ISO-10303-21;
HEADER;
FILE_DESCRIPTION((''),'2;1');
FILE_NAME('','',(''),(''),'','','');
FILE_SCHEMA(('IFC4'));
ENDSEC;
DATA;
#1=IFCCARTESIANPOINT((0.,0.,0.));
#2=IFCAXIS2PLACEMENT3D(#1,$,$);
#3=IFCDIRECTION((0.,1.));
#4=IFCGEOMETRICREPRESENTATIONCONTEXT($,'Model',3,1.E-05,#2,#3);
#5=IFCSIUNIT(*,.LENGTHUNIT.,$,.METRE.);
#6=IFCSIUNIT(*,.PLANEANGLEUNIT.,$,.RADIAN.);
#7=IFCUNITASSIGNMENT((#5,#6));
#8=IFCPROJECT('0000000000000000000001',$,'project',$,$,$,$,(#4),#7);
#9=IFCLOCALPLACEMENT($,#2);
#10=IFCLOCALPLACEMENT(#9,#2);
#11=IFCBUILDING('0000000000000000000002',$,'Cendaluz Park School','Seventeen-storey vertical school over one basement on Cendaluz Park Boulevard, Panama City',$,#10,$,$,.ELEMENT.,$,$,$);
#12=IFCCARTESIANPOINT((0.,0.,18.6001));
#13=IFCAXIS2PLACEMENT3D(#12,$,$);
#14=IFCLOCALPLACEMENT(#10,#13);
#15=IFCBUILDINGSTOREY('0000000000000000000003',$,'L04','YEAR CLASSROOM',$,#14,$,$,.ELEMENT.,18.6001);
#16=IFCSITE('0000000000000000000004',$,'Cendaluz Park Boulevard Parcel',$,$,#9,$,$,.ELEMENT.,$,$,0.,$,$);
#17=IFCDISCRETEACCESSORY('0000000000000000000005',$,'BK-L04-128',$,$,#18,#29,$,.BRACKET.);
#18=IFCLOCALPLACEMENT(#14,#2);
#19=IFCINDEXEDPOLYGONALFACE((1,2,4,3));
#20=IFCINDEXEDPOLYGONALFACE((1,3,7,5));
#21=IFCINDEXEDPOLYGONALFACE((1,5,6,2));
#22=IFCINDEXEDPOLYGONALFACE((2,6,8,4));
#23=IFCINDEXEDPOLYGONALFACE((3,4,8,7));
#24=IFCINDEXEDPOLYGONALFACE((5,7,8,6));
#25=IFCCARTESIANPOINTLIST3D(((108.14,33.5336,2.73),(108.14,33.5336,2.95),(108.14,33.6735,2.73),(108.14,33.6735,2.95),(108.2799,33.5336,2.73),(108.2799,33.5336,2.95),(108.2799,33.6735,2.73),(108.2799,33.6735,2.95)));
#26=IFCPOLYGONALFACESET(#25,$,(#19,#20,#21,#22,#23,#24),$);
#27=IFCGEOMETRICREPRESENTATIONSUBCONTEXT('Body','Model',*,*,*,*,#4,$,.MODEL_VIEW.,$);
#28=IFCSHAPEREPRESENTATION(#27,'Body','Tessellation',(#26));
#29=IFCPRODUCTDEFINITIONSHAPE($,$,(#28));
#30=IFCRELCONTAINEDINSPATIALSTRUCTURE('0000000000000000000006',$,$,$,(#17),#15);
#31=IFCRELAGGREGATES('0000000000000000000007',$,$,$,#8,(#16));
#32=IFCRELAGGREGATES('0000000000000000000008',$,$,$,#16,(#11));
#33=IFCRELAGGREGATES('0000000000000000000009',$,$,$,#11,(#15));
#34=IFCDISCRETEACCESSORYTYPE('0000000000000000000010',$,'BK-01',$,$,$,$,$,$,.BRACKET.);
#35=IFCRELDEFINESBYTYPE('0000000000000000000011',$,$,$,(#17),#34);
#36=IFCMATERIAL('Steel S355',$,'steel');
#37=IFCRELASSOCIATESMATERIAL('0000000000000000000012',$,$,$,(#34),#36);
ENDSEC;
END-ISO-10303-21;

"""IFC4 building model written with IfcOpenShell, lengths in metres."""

from ifc_helpers import new_model, si_unit, direction, frame, origin, origin_2d, place, context, subcontext, project, spatial, rectangle, extrude, material, type_object, element, save


model = new_model("IFC4")

# Units and contexts
model_context = context("Model", 3, precision=1e-05, world=origin(), true_north=direction((0.0, 1.0)))
body_context = subcontext(model_context, "Body", "Model", "MODEL_VIEW")
ifc_project = project(units=[si_unit("LENGTHUNIT", "METRE"), si_unit("PLANEANGLEUNIT", "RADIAN")], contexts=[model_context])

# Site, building, storey
site_placement = place(None, origin())
site = spatial("IfcSite", under=ifc_project, at=site_placement, Name="Cendaluz Park Boulevard Parcel", CompositionType="ELEMENT", RefElevation=0.0)
building_placement = place(site_placement, origin())
building = spatial("IfcBuilding", under=site, at=building_placement, Name="Cendaluz Park School", Description="Seventeen-storey vertical school over one basement on Cendaluz Park Boulevard, Panama City", CompositionType="ELEMENT")
storey_placement = place(building_placement, frame((0.0, 0.0, 18.6001)))
storey = spatial("IfcBuildingStorey", under=building, at=storey_placement, Name="L04", Description="YEAR CLASSROOM", CompositionType="ELEMENT", Elevation=18.6001)

# Discrete accessory
ifc_material_1 = material(Name="Steel S355", Category="steel")
discrete_accessory_type = type_object("IfcDiscreteAccessoryType", Name="BK-01", PredefinedType="BRACKET", material=ifc_material_1)
for number, where, z_axis, x_axis, name in (
    (1, (108.21, 33.6035, 2.73), (0.0, 0.0, 1.0), (0.0, 1.0, 0.0), "BK-L04-128"),
):
    element("IfcDiscreteAccessory", number, at=place(storey_placement, frame(where, z_axis=z_axis, x_axis=x_axis)), inside=storey, type_object=discrete_accessory_type, Name=name, PredefinedType="BRACKET", context=body_context, shape_type="SweptSolid", body=[
        extrude(rectangle(XDim=0.1399, YDim=0.1399, at=origin_2d()), origin(), (0.0, 0.0, 1.0), 0.22),
    ])

save(model, "model.ifc")
